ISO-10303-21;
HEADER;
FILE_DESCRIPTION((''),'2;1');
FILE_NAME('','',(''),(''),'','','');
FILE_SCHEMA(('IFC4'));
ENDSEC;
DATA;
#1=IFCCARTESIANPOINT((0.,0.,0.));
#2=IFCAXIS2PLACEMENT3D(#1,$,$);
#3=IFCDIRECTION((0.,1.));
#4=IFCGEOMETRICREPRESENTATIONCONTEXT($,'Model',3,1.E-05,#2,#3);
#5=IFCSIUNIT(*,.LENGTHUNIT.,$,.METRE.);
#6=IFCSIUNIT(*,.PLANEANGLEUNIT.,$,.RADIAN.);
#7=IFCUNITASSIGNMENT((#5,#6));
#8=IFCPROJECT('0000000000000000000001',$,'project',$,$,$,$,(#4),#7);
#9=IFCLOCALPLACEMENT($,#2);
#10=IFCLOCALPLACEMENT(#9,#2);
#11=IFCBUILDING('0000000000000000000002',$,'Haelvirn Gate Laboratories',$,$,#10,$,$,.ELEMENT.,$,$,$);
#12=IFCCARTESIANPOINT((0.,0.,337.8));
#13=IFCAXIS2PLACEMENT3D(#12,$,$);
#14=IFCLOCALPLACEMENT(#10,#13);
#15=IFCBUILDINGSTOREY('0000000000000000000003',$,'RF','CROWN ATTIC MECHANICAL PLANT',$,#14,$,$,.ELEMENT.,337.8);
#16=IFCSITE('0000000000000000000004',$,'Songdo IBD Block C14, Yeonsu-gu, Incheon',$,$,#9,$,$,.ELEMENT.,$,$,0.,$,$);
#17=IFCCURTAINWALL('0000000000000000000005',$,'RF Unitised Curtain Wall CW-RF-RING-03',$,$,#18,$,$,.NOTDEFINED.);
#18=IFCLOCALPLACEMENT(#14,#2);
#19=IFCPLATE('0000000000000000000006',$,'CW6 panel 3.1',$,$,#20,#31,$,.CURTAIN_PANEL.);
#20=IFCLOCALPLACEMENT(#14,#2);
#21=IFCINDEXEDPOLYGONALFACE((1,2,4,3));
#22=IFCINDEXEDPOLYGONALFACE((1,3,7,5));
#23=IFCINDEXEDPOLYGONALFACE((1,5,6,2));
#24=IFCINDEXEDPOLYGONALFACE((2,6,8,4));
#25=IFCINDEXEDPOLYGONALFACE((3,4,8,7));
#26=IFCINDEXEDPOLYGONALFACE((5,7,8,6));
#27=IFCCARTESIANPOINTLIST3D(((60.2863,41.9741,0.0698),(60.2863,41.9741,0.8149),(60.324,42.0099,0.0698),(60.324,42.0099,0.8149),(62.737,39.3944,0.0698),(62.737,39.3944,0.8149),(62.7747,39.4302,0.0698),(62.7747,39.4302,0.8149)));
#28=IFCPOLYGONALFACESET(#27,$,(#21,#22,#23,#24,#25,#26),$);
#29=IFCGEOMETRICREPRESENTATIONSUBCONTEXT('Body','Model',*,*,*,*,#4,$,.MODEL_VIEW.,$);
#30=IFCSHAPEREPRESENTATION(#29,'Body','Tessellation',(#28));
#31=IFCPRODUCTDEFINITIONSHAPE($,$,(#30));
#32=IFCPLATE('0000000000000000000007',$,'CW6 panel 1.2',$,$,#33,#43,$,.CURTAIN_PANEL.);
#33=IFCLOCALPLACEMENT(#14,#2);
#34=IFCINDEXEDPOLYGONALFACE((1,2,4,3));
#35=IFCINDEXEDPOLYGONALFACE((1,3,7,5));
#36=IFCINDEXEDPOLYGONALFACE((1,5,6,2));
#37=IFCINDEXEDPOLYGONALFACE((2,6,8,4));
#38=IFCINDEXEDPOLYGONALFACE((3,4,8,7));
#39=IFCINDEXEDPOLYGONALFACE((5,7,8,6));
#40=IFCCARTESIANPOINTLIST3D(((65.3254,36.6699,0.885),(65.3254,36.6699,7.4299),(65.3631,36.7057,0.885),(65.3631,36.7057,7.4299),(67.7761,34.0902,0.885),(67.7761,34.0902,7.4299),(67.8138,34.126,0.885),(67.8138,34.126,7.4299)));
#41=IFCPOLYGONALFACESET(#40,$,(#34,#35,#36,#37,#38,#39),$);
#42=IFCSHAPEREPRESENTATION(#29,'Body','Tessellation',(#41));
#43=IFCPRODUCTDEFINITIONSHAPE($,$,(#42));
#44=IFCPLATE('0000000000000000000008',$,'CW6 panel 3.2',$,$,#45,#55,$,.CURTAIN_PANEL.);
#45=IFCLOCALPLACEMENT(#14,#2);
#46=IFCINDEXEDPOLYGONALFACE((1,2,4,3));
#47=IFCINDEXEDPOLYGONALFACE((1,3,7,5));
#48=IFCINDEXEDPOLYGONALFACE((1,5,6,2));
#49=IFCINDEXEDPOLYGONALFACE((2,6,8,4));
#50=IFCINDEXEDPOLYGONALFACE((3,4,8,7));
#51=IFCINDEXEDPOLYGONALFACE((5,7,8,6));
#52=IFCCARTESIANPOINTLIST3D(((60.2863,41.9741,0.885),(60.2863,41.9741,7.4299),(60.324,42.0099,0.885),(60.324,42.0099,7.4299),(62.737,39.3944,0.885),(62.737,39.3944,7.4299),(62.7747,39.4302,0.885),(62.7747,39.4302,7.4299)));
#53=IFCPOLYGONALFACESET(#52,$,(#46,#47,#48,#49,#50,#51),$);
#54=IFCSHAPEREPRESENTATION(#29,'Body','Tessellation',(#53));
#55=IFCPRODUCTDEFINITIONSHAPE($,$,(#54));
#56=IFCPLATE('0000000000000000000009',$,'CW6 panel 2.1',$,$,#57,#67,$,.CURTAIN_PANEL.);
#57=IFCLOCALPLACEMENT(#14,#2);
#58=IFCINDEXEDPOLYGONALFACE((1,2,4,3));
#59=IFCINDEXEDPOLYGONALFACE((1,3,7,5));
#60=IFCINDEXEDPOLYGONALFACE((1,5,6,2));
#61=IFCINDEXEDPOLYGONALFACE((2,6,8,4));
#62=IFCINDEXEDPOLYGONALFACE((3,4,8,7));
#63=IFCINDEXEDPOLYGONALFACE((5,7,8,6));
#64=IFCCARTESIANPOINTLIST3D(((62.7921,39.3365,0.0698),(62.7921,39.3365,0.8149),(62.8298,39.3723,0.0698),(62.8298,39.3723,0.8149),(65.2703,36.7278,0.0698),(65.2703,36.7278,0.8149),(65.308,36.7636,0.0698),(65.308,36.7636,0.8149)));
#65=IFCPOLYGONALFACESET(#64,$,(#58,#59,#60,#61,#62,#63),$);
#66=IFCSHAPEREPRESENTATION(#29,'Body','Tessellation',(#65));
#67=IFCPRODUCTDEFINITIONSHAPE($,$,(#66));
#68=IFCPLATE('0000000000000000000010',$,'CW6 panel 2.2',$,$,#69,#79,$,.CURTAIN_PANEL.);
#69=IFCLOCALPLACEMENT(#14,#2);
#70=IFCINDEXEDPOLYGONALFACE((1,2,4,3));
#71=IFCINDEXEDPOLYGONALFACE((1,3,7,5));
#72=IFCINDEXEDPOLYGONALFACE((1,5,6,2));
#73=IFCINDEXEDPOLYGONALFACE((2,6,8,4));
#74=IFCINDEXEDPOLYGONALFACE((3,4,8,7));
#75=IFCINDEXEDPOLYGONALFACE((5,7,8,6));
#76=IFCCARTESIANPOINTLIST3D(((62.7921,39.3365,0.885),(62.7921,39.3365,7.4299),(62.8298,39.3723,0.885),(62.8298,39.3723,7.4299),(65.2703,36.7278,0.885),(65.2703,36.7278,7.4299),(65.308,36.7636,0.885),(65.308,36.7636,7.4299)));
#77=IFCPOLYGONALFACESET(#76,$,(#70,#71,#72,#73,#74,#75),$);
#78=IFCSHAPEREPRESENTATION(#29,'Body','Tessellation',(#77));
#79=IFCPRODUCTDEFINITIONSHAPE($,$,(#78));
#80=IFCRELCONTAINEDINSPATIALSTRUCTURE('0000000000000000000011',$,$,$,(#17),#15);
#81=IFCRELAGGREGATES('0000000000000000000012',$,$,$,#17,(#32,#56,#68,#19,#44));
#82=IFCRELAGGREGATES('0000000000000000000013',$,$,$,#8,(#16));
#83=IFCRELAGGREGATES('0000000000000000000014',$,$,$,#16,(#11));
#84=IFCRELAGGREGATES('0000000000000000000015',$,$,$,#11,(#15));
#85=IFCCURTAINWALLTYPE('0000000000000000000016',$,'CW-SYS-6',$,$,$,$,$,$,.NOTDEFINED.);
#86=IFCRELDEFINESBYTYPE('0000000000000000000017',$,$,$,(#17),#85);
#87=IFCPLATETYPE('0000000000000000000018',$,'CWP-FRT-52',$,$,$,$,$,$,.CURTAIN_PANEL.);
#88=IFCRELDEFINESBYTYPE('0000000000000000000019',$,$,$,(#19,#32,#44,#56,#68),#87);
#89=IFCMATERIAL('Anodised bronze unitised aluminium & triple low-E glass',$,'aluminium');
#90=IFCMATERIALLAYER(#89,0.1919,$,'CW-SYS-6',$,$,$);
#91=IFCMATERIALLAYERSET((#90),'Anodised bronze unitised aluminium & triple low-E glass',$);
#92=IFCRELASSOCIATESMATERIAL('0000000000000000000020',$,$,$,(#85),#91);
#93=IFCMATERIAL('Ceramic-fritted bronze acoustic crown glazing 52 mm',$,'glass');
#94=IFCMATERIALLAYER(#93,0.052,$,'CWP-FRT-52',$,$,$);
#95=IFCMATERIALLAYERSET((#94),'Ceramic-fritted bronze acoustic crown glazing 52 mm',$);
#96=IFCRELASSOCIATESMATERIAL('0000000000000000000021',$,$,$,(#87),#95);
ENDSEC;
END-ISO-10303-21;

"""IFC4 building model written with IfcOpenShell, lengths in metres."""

from ifc_helpers import new_model, si_unit, direction, frame, origin, origin_2d, place, context, subcontext, project, spatial, rectangle, extrude, source, transform, mapped, material, layer, layer_set, type_object, element, aggregate, save


model = new_model("IFC4")

# Units and contexts
model_context = context("Model", 3, precision=1e-05, world=origin(), true_north=direction((0.0, 1.0)))
body_context = subcontext(model_context, "Body", "Model", "MODEL_VIEW")
ifc_project = project(units=[si_unit("LENGTHUNIT", "METRE"), si_unit("PLANEANGLEUNIT", "RADIAN")], contexts=[model_context])

# Site, building, storey
site_placement = place(None, origin())
site = spatial("IfcSite", under=ifc_project, at=site_placement, Name="Songdo IBD Block C14, Yeonsu-gu, Incheon", CompositionType="ELEMENT", RefElevation=0.0)
building_placement = place(site_placement, origin())
building = spatial("IfcBuilding", under=site, at=building_placement, Name="Haelvirn Gate Laboratories", CompositionType="ELEMENT")
storey_placement = place(building_placement, frame((0.0, 0.0, 337.8)))
storey = spatial("IfcBuildingStorey", under=building, at=storey_placement, Name="RF", Description="CROWN ATTIC MECHANICAL PLANT", CompositionType="ELEMENT", Elevation=337.8)

# Curtain wall
ifc_material_1 = material(Name="Anodised bronze unitised aluminium & triple low-E glass", Category="aluminium")
ifc_layer_1 = layer(ifc_material_1, 0.1919, Name="CW-SYS-6")
ifc_layer_set_1 = layer_set([ifc_layer_1], Name="Anodised bronze unitised aluminium & triple low-E glass")
curtain_wall_type = type_object("IfcCurtainWallType", Name="CW-SYS-6", PredefinedType="NOTDEFINED", material=ifc_layer_set_1)
curtain_wall_1_placement = place(storey_placement, origin())
curtain_wall_1 = element("IfcCurtainWall", 1, at=curtain_wall_1_placement, inside=storey, type_object=curtain_wall_type, Name="RF Unitised Curtain Wall CW-RF-RING-03", PredefinedType="NOTDEFINED")

# Plates
ifc_material_2 = material(Name="Ceramic-fritted bronze acoustic crown glazing 52 mm", Category="glass")
ifc_layer_2 = layer(ifc_material_2, 0.052, Name="CWP-FRT-52")
ifc_layer_set_2 = layer_set([ifc_layer_2], Name="Ceramic-fritted bronze acoustic crown glazing 52 mm")
plate_type_1 = type_object("IfcPlateType", Name="CWP-FRT-52", PredefinedType="CURTAIN_PANEL", material=ifc_layer_set_2)
shared_shape_1 = source(origin(), body_context, "Body", "SweptSolid", [
    extrude(rectangle(XDim=3.5581, YDim=0.052, at=origin_2d()), origin(), (0.0, 0.0, 1.0), 0.7451),
])
plate_1_placement = place(storey_placement, frame((61.5305, 40.7021, 0.0698), z_axis=(0.0, 0.0, 1.0), x_axis=(-0.688749, 0.724999, 0.0)))
plate_1 = element("IfcPlate", 2, at=plate_1_placement, type_object=plate_type_1, Name="CW6 panel 3.1", PredefinedType="CURTAIN_PANEL", context=body_context, shape_type="MappedRepresentation", body=[
    mapped(shared_shape_1, transform((0.0, 0.0, 0.0), scale=1.0)),
])
shared_shape_2 = source(origin(), body_context, "Body", "SweptSolid", [
    extrude(rectangle(XDim=3.5581, YDim=0.052, at=origin_2d()), origin(), (0.0, 0.0, 1.0), 6.5449),
])
plate_2_placement = place(storey_placement, frame((66.5696, 35.3979, 0.885), z_axis=(0.0, 0.0, 1.0), x_axis=(-0.688749, 0.724999, 0.0)))
plate_2 = element("IfcPlate", 3, at=plate_2_placement, type_object=plate_type_1, Name="CW6 panel 1.2", PredefinedType="CURTAIN_PANEL", context=body_context, shape_type="MappedRepresentation", body=[
    mapped(shared_shape_2, transform((0.0, 0.0, 0.0), scale=1.0)),
])
plate_3_placement = place(storey_placement, frame((61.5305, 40.7021, 0.885), z_axis=(0.0, 0.0, 1.0), x_axis=(-0.688749, 0.724999, 0.0)))
plate_3 = element("IfcPlate", 4, at=plate_3_placement, type_object=plate_type_1, Name="CW6 panel 3.2", PredefinedType="CURTAIN_PANEL", context=body_context, shape_type="MappedRepresentation", body=[
    mapped(shared_shape_2, transform((0.0, 0.0, 0.0), scale=1.0)),
])
shared_shape_3 = source(origin(), body_context, "Body", "SweptSolid", [
    extrude(rectangle(XDim=3.5981, YDim=0.052, at=origin_2d()), origin(), (0.0, 0.0, 1.0), 0.7451),
])
plate_4_placement = place(storey_placement, frame((64.05, 38.05, 0.0698), z_axis=(0.0, 0.0, 1.0), x_axis=(-0.688749, 0.724999, 0.0)))
plate_4 = element("IfcPlate", 5, at=plate_4_placement, type_object=plate_type_1, Name="CW6 panel 2.1", PredefinedType="CURTAIN_PANEL", context=body_context, shape_type="MappedRepresentation", body=[
    mapped(shared_shape_3, transform((0.0, 0.0, 0.0), scale=1.0)),
])
shared_shape_4 = source(origin(), body_context, "Body", "SweptSolid", [
    extrude(rectangle(XDim=3.5981, YDim=0.052, at=origin_2d()), origin(), (0.0, 0.0, 1.0), 6.5449),
])
plate_5_placement = place(storey_placement, frame((64.05, 38.05, 0.885), z_axis=(0.0, 0.0, 1.0), x_axis=(-0.688749, 0.724999, 0.0)))
plate_5 = element("IfcPlate", 6, at=plate_5_placement, type_object=plate_type_1, Name="CW6 panel 2.2", PredefinedType="CURTAIN_PANEL", context=body_context, shape_type="MappedRepresentation", body=[
    mapped(shared_shape_4, transform((0.0, 0.0, 0.0), scale=1.0)),
])
aggregate(curtain_wall_1, [plate_2, plate_4, plate_5, plate_1, plate_3])

save(model, "model.ifc")
